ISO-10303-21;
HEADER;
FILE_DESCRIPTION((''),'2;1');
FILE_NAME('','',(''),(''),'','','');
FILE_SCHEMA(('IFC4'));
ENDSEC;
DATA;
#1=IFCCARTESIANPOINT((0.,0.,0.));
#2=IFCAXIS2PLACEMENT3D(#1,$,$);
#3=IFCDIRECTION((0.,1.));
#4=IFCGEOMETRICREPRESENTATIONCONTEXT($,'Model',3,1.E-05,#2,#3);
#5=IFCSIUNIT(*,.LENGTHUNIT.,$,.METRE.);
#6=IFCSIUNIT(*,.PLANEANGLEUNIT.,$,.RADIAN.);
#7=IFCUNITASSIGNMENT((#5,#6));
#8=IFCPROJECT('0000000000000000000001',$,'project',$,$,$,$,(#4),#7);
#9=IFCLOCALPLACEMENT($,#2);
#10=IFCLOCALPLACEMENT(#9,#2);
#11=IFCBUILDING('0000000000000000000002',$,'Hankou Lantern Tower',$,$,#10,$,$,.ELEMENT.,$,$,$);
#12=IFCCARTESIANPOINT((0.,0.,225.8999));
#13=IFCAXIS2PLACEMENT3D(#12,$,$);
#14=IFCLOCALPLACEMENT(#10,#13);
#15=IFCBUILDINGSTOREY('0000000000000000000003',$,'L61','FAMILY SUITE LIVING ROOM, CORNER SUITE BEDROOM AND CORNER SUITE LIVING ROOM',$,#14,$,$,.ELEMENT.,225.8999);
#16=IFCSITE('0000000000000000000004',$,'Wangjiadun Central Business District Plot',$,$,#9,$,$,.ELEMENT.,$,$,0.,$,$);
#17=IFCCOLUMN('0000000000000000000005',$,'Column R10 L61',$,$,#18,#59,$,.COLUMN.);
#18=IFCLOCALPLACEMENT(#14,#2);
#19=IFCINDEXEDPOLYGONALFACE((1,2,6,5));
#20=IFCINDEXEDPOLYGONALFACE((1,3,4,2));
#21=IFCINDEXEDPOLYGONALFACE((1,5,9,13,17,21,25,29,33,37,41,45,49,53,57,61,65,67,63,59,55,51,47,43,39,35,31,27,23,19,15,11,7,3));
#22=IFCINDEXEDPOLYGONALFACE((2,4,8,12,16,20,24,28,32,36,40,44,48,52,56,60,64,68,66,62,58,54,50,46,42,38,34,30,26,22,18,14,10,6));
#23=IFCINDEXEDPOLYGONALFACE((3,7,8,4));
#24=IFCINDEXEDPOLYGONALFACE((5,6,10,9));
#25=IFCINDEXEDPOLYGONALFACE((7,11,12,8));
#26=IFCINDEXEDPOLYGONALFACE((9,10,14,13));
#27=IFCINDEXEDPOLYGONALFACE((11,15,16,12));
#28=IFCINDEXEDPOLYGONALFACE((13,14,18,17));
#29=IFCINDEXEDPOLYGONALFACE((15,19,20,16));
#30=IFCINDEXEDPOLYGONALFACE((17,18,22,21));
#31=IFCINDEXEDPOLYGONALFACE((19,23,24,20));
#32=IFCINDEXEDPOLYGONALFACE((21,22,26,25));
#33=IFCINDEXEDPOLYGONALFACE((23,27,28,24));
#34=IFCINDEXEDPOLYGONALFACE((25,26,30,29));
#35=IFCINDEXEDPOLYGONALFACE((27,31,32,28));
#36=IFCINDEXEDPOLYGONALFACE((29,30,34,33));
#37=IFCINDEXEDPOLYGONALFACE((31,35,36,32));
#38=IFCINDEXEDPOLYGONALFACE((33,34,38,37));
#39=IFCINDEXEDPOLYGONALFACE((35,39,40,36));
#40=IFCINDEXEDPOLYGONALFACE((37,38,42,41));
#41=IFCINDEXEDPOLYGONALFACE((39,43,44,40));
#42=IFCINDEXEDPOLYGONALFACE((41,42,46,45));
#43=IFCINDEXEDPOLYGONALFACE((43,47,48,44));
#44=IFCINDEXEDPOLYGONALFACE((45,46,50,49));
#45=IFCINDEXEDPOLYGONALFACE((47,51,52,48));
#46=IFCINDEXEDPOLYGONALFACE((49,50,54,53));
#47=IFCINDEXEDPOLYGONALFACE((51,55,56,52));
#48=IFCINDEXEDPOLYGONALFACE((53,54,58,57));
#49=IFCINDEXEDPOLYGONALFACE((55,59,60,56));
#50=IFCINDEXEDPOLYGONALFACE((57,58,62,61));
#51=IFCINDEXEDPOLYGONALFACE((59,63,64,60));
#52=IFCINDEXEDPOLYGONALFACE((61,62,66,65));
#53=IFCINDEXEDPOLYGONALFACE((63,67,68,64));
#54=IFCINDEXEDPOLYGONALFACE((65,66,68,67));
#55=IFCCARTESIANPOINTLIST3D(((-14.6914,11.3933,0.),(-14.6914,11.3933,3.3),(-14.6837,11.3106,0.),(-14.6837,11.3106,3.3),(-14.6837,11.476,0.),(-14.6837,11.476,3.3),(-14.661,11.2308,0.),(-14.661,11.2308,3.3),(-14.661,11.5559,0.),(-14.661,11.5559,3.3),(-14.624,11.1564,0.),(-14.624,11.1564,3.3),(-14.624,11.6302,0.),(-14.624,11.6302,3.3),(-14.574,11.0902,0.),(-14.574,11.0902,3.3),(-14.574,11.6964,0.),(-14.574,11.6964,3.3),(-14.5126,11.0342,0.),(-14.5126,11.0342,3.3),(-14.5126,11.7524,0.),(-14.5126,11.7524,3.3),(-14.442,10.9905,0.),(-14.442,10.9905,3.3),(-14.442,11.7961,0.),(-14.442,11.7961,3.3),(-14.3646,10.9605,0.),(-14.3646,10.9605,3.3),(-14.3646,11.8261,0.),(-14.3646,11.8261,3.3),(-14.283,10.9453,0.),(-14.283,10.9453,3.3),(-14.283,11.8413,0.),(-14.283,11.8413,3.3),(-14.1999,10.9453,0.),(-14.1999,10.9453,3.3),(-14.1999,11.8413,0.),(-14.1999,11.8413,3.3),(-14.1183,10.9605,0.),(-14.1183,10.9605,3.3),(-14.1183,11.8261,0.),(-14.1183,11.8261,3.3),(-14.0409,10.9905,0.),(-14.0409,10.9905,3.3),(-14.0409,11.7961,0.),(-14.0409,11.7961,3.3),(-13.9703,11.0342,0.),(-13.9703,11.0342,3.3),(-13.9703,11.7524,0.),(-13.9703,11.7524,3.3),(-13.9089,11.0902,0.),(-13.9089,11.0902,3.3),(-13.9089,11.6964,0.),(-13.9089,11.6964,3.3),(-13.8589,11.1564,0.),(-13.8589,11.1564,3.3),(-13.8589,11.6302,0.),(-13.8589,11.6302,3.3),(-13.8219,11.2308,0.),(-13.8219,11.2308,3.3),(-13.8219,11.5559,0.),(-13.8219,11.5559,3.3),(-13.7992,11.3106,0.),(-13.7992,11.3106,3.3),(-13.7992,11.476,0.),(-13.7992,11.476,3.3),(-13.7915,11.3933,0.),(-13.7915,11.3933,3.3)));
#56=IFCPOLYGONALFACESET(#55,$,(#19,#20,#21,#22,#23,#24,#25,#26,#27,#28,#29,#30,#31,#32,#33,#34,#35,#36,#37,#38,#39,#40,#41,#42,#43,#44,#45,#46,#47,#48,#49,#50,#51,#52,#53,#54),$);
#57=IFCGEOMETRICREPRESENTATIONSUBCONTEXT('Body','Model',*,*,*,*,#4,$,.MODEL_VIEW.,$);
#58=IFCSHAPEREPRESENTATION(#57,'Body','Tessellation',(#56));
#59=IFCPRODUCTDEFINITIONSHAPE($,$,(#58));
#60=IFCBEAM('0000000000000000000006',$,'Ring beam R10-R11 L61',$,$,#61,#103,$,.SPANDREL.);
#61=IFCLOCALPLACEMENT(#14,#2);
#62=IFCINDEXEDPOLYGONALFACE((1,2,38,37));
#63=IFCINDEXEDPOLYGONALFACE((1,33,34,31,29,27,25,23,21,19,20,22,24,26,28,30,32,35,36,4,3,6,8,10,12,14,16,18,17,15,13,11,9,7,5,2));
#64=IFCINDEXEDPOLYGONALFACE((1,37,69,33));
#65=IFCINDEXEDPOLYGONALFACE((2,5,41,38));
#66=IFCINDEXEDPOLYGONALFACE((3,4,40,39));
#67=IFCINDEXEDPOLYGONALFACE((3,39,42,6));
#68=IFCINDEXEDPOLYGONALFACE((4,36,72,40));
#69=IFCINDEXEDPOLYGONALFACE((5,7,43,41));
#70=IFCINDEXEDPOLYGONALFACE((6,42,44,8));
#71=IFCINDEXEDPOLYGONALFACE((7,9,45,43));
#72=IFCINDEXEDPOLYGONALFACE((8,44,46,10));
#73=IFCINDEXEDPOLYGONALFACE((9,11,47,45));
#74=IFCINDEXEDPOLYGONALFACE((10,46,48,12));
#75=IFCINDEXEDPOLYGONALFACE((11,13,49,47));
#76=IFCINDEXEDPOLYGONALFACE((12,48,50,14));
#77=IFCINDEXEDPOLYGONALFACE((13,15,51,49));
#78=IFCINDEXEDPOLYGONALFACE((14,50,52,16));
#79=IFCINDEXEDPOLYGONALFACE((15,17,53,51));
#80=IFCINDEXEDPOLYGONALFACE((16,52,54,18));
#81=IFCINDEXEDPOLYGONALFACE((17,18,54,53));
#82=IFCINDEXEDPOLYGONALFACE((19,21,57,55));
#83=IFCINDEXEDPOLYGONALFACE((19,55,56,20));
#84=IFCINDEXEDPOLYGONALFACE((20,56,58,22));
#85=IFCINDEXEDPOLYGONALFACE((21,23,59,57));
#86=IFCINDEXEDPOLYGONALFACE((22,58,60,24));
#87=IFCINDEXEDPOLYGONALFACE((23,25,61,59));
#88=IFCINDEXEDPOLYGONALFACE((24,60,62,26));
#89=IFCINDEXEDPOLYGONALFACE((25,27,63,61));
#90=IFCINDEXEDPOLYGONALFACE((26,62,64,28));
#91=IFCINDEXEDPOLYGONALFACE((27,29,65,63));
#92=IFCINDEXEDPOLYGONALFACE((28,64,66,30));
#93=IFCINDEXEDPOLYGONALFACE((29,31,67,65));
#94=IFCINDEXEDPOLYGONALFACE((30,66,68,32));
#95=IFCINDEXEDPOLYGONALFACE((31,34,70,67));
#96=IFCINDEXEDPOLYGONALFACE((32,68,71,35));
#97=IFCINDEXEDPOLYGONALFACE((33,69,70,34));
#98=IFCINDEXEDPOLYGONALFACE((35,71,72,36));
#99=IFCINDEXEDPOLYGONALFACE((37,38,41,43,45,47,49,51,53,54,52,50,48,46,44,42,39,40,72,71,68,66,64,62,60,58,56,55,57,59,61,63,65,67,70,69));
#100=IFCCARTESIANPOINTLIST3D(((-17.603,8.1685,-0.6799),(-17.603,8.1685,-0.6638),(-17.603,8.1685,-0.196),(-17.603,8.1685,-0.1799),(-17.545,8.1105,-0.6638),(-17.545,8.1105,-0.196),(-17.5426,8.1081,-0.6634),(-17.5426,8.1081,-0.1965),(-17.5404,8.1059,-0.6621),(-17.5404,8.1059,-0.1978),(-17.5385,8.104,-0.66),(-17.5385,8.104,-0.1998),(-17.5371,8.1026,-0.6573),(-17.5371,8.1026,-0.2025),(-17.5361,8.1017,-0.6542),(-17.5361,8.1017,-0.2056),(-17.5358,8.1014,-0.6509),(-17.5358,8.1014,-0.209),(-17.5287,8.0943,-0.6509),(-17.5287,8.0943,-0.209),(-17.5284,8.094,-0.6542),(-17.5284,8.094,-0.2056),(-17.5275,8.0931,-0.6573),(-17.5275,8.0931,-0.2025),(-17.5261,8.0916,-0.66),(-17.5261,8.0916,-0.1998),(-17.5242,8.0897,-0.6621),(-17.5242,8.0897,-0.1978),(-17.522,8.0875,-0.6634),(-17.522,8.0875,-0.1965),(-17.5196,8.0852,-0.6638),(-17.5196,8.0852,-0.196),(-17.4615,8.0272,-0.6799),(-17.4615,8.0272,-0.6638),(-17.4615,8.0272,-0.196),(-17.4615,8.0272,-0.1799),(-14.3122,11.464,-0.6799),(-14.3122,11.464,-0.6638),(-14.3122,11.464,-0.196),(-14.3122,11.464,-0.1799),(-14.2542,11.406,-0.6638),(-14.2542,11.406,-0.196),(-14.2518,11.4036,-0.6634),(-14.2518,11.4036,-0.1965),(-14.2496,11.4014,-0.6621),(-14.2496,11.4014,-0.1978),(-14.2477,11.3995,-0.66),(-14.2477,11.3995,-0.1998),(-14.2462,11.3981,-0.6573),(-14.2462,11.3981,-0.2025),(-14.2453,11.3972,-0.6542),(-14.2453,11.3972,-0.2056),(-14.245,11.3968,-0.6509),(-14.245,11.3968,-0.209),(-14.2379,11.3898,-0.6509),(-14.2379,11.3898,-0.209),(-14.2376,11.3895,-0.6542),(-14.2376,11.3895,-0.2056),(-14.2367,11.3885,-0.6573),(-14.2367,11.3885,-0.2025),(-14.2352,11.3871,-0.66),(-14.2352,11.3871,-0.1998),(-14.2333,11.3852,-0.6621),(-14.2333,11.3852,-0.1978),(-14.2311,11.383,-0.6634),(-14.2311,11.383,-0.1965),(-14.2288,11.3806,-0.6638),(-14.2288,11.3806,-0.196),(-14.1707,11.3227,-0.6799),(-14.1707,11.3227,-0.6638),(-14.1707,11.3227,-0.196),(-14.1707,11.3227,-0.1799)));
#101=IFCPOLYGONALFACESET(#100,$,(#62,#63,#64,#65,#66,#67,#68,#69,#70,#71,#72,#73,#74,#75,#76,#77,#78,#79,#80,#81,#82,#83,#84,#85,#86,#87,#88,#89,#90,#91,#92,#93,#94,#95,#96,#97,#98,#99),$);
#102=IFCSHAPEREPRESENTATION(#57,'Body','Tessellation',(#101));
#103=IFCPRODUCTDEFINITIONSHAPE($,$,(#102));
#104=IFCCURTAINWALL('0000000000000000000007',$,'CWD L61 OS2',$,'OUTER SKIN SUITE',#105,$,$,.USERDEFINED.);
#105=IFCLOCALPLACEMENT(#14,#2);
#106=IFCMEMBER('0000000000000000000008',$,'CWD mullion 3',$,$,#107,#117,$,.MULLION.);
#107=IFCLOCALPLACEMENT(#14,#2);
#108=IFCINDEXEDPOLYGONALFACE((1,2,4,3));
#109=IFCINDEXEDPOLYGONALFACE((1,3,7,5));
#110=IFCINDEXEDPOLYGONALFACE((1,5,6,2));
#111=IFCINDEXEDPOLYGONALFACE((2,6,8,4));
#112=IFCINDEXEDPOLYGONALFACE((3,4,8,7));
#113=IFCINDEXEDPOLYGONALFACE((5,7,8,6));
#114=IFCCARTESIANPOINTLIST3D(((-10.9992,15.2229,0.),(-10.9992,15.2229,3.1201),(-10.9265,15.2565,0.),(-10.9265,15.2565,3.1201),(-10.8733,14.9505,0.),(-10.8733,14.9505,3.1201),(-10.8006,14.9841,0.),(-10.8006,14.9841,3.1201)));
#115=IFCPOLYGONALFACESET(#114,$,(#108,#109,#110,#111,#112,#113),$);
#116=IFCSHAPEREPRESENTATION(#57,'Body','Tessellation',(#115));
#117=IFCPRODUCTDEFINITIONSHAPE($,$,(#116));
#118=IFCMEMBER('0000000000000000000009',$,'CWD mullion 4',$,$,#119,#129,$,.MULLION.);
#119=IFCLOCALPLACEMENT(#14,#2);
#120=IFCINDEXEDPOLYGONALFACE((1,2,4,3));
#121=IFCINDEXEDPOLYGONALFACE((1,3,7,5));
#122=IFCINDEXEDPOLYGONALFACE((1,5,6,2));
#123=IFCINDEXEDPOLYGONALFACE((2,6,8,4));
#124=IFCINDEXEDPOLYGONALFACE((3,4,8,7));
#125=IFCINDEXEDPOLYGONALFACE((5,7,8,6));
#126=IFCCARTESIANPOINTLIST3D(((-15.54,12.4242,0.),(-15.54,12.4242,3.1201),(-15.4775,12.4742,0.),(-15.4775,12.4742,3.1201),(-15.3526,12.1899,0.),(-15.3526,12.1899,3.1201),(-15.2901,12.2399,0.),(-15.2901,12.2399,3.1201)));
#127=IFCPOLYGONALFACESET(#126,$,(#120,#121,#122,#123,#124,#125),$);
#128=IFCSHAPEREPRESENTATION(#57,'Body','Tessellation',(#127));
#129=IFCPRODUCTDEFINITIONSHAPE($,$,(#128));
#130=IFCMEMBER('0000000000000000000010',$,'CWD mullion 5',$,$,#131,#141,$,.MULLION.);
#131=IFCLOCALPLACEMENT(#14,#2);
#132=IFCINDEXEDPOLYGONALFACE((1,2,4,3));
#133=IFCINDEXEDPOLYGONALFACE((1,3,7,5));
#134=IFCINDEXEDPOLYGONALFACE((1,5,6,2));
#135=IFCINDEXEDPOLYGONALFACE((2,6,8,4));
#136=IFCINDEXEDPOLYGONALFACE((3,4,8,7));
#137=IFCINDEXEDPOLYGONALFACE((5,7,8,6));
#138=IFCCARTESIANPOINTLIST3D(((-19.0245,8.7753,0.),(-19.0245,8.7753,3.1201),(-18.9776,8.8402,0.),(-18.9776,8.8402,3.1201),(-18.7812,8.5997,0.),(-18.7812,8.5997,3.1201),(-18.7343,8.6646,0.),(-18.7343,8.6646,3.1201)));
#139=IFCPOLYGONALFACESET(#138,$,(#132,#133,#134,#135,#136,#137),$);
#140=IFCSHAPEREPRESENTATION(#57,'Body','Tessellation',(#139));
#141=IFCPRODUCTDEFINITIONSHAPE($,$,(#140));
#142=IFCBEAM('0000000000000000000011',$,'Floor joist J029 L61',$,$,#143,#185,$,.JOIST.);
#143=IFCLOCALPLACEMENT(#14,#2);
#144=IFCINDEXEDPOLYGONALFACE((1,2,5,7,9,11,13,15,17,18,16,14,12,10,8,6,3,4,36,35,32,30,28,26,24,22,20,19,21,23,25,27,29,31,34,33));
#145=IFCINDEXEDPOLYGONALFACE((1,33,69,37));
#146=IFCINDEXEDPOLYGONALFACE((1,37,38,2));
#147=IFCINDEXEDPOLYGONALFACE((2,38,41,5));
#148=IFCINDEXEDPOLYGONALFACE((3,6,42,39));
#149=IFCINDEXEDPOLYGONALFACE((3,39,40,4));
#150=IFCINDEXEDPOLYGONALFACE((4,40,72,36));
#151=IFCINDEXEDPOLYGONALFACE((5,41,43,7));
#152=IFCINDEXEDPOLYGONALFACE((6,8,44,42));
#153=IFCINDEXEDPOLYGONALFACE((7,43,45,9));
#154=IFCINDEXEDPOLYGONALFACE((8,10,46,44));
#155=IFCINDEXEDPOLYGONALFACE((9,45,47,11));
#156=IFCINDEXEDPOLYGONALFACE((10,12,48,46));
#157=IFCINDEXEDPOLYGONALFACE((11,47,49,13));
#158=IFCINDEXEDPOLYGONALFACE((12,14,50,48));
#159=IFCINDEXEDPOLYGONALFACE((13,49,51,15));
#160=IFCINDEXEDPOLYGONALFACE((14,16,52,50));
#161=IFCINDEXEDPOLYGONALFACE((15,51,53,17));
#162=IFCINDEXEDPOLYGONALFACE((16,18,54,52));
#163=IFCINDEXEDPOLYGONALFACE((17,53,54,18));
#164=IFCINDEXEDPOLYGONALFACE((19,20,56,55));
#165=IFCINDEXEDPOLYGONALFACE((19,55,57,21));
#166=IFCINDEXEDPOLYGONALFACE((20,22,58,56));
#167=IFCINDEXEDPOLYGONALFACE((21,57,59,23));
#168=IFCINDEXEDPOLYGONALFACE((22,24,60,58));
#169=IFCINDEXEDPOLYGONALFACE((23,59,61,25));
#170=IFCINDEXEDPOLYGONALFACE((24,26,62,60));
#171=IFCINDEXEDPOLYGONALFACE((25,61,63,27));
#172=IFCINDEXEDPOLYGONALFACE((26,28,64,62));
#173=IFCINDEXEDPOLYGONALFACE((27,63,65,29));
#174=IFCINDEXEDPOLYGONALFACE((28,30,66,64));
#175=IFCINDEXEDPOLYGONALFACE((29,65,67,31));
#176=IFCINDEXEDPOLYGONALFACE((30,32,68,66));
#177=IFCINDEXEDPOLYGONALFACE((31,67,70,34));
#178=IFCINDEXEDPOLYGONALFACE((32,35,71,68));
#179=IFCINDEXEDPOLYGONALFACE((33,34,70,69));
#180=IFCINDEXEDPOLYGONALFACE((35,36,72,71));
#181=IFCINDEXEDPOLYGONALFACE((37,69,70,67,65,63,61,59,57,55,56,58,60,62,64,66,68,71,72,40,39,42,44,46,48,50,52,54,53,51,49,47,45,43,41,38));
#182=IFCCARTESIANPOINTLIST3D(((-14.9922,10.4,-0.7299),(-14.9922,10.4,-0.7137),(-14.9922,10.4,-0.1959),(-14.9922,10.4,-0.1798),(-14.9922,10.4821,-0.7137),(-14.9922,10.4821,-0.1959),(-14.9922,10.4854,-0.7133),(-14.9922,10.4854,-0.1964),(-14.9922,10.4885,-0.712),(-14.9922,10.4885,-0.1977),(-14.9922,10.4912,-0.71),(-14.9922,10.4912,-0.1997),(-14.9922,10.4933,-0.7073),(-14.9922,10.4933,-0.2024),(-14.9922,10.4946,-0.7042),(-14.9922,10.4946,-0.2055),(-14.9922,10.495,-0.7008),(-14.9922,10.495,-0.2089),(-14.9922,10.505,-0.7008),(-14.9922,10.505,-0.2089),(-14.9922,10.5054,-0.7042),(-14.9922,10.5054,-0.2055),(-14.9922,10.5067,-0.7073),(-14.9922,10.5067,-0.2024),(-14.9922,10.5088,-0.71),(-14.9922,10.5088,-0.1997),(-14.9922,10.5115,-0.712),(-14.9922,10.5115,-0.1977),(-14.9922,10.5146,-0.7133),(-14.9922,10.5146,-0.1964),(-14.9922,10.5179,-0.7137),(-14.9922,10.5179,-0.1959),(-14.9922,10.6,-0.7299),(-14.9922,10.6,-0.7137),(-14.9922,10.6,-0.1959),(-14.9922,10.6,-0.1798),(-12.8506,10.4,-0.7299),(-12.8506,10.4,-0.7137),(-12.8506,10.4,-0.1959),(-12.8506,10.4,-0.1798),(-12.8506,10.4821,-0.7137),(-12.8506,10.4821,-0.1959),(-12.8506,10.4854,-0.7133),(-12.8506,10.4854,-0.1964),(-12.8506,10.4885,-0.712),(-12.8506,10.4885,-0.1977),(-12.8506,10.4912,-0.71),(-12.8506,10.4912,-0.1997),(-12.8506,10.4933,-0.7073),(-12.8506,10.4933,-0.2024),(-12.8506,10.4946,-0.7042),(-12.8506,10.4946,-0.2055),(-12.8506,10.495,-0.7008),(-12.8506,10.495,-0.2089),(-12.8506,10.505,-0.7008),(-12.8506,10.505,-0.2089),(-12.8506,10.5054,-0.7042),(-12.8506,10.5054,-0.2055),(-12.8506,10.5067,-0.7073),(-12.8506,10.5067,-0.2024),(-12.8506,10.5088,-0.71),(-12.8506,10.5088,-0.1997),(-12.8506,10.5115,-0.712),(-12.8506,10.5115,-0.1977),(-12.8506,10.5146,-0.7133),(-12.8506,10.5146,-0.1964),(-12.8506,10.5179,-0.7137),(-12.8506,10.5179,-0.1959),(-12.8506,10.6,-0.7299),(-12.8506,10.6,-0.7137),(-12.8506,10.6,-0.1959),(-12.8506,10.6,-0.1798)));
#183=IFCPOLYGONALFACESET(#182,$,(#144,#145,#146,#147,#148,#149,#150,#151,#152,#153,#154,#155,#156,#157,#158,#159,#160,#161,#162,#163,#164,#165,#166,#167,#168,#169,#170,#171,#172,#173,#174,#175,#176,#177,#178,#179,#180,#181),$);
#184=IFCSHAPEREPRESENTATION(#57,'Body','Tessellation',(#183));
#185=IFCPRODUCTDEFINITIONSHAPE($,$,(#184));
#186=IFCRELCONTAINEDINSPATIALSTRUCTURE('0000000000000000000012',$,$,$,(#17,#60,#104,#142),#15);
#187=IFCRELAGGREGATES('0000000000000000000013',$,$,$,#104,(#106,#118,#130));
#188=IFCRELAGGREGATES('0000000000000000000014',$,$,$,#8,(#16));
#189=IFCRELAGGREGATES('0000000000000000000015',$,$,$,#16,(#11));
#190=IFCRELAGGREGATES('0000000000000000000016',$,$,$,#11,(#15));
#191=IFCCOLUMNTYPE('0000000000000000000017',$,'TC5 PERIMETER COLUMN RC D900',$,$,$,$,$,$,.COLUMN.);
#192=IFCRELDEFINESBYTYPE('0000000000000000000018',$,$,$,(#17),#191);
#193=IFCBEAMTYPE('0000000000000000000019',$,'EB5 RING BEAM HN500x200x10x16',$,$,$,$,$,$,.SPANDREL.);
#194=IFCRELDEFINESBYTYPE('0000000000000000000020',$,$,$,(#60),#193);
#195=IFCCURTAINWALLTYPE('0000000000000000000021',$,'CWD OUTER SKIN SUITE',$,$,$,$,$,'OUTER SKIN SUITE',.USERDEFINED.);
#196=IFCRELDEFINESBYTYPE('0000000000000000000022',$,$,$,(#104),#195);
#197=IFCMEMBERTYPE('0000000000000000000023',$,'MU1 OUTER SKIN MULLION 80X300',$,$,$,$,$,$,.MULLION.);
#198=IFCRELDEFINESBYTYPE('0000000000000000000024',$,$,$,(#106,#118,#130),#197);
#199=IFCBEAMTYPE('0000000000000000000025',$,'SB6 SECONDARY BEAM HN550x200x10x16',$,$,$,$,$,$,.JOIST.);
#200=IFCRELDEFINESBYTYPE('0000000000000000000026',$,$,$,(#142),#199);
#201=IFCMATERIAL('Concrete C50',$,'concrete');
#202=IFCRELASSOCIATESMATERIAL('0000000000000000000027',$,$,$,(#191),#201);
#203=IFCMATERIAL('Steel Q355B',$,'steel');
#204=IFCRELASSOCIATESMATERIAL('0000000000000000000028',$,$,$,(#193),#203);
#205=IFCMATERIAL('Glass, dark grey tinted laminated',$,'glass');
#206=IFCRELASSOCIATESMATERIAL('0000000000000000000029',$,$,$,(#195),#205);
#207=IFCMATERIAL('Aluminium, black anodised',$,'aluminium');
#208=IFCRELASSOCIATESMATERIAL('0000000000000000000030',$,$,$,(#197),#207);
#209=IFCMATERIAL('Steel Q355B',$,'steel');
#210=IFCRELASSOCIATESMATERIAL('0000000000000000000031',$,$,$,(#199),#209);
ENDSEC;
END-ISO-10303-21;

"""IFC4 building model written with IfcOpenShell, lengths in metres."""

from ifc_helpers import new_model, si_unit, direction, frame, origin, origin_2d, place, context, subcontext, project, spatial, rectangle, circle, i_section, extrude, material, material_profile, profile_set, type_object, element, aggregate, save


model = new_model("IFC4")

# Units and contexts
model_context = context("Model", 3, precision=1e-05, world=origin(), true_north=direction((0.0, 1.0)))
body_context = subcontext(model_context, "Body", "Model", "MODEL_VIEW")
ifc_project = project(units=[si_unit("LENGTHUNIT", "METRE"), si_unit("PLANEANGLEUNIT", "RADIAN")], contexts=[model_context])

# Site, building, storey
site_placement = place(None, origin())
site = spatial("IfcSite", under=ifc_project, at=site_placement, Name="Wangjiadun Central Business District Plot", CompositionType="ELEMENT", RefElevation=0.0)
building_placement = place(site_placement, origin())
building = spatial("IfcBuilding", under=site, at=building_placement, Name="Hankou Lantern Tower", CompositionType="ELEMENT")
storey_placement = place(building_placement, frame((0.0, 0.0, 225.8999)))
storey = spatial("IfcBuildingStorey", under=building, at=storey_placement, Name="L61", Description="FAMILY SUITE LIVING ROOM, CORNER SUITE BEDROOM AND CORNER SUITE LIVING ROOM", CompositionType="ELEMENT", Elevation=225.8999)

# Column
ifc_material_1 = material(Name="Concrete C50", Category="concrete")
ifc_material_profile_1 = material_profile(ifc_material_1, circle(Radius=0.45, at=origin_2d()), Name="RC D900")
ifc_profile_set_1 = profile_set([ifc_material_profile_1], Name="Concrete C50")
column_type = type_object("IfcColumnType", Name="TC5 PERIMETER COLUMN RC D900", PredefinedType="COLUMN", material=ifc_profile_set_1)
column_placement = place(storey_placement, frame((-14.2415, 11.3933, 0.0), z_axis=(0.0, 0.0, 1.0), x_axis=(1.0, 0.0, 0.0)))
element("IfcColumn", 1, at=column_placement, inside=storey, type_object=column_type, Name="Column R10 L61", PredefinedType="COLUMN", context=body_context, shape_type="SweptSolid", body=[
    extrude(circle(Radius=0.45, at=origin_2d()), origin(), (0.0, 0.0, 1.0), 3.3),
])

# Beam
ifc_material_2 = material(Name="Steel Q355B", Category="steel")
ifc_material_profile_2 = material_profile(ifc_material_2, i_section(OverallWidth=0.2, OverallDepth=0.5, WebThickness=0.01, FlangeThickness=0.0161, FilletRadius=0.0129, at=origin_2d()), Name="HN500x200x10x16")
ifc_profile_set_2 = profile_set([ifc_material_profile_2], Name="Steel Q355B")
beam_type_1 = type_object("IfcBeamType", Name="EB5 RING BEAM HN500x200x10x16", PredefinedType="SPANDREL", material=ifc_profile_set_2)
beam_1_placement = place(storey_placement, frame((-14.2415, 11.3933, -0.4299), z_axis=(-0.706609, -0.707605, 0.0), x_axis=(0.707605, -0.706609, 0.0)))
element("IfcBeam", 2, at=beam_1_placement, inside=storey, type_object=beam_type_1, Name="Ring beam R10-R11 L61", PredefinedType="SPANDREL", context=body_context, shape_type="SweptSolid", body=[
    extrude(i_section(OverallWidth=0.2, OverallDepth=0.5, WebThickness=0.01, FlangeThickness=0.0161, FilletRadius=0.0129, at=origin_2d()), origin(), (0.0, 0.0, 1.0), 4.6572),
])

# Curtain wall, members
ifc_material_3 = material(Name="Glass, dark grey tinted laminated", Category="glass")
curtain_wall_type = type_object("IfcCurtainWallType", Name="CWD OUTER SKIN SUITE", ElementType="OUTER SKIN SUITE", PredefinedType="USERDEFINED", material=ifc_material_3)
curtain_wall_placement = place(storey_placement, origin())
curtain_wall = element("IfcCurtainWall", 3, at=curtain_wall_placement, inside=storey, type_object=curtain_wall_type, Name="CWD L61 OS2", ObjectType="OUTER SKIN SUITE", PredefinedType="USERDEFINED")
ifc_material_4 = material(Name="Aluminium, black anodised", Category="aluminium")
ifc_material_profile_3 = material_profile(ifc_material_4, rectangle(XDim=0.0801, YDim=0.3, at=origin_2d()), Name="MU1 80X300")
ifc_profile_set_3 = profile_set([ifc_material_profile_3], Name="Aluminium, black anodised")
member_type_1 = type_object("IfcMemberType", Name="MU1 OUTER SKIN MULLION 80X300", PredefinedType="MULLION", material=ifc_profile_set_3)
member_1_placement = place(storey_placement, frame((-10.8999, 15.1035, 0.0), z_axis=(0.0, 0.0, 1.0), x_axis=(-0.907841, -0.419314, 0.0)))
member_1 = element("IfcMember", 4, at=member_1_placement, type_object=member_type_1, Name="CWD mullion 3", PredefinedType="MULLION", context=body_context, shape_type="SweptSolid", body=[
    extrude(rectangle(XDim=0.0801, YDim=0.3, at=origin_2d()), origin(), (0.0, 0.0, 1.0), 3.1201),
])
member_2_placement = place(storey_placement, frame((-15.415, 12.332, 0.0), z_axis=(0.0, 0.0, 1.0), x_axis=(-0.780869, -0.624695, 0.0)))
member_2 = element("IfcMember", 5, at=member_2_placement, type_object=member_type_1, Name="CWD mullion 4", PredefinedType="MULLION", context=body_context, shape_type="SweptSolid", body=[
    extrude(rectangle(XDim=0.0801, YDim=0.3, at=origin_2d()), origin(), (0.0, 0.0, 1.0), 3.1201),
])
member_3_placement = place(storey_placement, frame((-18.8794, 8.72, 0.0), z_axis=(0.0, 0.0, 1.0), x_axis=(-0.585206, -0.810885, 0.0)))
member_3 = element("IfcMember", 6, at=member_3_placement, type_object=member_type_1, Name="CWD mullion 5", PredefinedType="MULLION", context=body_context, shape_type="SweptSolid", body=[
    extrude(rectangle(XDim=0.0801, YDim=0.3, at=origin_2d()), origin(), (0.0, 0.0, 1.0), 3.1201),
])

# Beam
ifc_material_5 = material(Name="Steel Q355B", Category="steel")
ifc_material_profile_4 = material_profile(ifc_material_5, i_section(OverallWidth=0.2, OverallDepth=0.55, WebThickness=0.01, FlangeThickness=0.0161, FilletRadius=0.0129, at=origin_2d()), Name="HN550x200x10x16")
ifc_profile_set_4 = profile_set([ifc_material_profile_4], Name="Steel Q355B")
beam_type_2 = type_object("IfcBeamType", Name="SB6 SECONDARY BEAM HN550x200x10x16", PredefinedType="JOIST", material=ifc_profile_set_4)
beam_2_placement = place(storey_placement, frame((-14.9922, 10.5, -0.4548), z_axis=(1.0, 0.0, 0.0), x_axis=(0.0, 1.0, 0.0)))
element("IfcBeam", 7, at=beam_2_placement, inside=storey, type_object=beam_type_2, Name="Floor joist J029 L61", PredefinedType="JOIST", context=body_context, shape_type="SweptSolid", body=[
    extrude(i_section(OverallWidth=0.2, OverallDepth=0.55, WebThickness=0.01, FlangeThickness=0.0161, FilletRadius=0.0129, at=origin_2d()), origin(), (0.0, 0.0, 1.0), 2.1416),
])

aggregate(curtain_wall, [member_1, member_2, member_3])

save(model, "model.ifc")
